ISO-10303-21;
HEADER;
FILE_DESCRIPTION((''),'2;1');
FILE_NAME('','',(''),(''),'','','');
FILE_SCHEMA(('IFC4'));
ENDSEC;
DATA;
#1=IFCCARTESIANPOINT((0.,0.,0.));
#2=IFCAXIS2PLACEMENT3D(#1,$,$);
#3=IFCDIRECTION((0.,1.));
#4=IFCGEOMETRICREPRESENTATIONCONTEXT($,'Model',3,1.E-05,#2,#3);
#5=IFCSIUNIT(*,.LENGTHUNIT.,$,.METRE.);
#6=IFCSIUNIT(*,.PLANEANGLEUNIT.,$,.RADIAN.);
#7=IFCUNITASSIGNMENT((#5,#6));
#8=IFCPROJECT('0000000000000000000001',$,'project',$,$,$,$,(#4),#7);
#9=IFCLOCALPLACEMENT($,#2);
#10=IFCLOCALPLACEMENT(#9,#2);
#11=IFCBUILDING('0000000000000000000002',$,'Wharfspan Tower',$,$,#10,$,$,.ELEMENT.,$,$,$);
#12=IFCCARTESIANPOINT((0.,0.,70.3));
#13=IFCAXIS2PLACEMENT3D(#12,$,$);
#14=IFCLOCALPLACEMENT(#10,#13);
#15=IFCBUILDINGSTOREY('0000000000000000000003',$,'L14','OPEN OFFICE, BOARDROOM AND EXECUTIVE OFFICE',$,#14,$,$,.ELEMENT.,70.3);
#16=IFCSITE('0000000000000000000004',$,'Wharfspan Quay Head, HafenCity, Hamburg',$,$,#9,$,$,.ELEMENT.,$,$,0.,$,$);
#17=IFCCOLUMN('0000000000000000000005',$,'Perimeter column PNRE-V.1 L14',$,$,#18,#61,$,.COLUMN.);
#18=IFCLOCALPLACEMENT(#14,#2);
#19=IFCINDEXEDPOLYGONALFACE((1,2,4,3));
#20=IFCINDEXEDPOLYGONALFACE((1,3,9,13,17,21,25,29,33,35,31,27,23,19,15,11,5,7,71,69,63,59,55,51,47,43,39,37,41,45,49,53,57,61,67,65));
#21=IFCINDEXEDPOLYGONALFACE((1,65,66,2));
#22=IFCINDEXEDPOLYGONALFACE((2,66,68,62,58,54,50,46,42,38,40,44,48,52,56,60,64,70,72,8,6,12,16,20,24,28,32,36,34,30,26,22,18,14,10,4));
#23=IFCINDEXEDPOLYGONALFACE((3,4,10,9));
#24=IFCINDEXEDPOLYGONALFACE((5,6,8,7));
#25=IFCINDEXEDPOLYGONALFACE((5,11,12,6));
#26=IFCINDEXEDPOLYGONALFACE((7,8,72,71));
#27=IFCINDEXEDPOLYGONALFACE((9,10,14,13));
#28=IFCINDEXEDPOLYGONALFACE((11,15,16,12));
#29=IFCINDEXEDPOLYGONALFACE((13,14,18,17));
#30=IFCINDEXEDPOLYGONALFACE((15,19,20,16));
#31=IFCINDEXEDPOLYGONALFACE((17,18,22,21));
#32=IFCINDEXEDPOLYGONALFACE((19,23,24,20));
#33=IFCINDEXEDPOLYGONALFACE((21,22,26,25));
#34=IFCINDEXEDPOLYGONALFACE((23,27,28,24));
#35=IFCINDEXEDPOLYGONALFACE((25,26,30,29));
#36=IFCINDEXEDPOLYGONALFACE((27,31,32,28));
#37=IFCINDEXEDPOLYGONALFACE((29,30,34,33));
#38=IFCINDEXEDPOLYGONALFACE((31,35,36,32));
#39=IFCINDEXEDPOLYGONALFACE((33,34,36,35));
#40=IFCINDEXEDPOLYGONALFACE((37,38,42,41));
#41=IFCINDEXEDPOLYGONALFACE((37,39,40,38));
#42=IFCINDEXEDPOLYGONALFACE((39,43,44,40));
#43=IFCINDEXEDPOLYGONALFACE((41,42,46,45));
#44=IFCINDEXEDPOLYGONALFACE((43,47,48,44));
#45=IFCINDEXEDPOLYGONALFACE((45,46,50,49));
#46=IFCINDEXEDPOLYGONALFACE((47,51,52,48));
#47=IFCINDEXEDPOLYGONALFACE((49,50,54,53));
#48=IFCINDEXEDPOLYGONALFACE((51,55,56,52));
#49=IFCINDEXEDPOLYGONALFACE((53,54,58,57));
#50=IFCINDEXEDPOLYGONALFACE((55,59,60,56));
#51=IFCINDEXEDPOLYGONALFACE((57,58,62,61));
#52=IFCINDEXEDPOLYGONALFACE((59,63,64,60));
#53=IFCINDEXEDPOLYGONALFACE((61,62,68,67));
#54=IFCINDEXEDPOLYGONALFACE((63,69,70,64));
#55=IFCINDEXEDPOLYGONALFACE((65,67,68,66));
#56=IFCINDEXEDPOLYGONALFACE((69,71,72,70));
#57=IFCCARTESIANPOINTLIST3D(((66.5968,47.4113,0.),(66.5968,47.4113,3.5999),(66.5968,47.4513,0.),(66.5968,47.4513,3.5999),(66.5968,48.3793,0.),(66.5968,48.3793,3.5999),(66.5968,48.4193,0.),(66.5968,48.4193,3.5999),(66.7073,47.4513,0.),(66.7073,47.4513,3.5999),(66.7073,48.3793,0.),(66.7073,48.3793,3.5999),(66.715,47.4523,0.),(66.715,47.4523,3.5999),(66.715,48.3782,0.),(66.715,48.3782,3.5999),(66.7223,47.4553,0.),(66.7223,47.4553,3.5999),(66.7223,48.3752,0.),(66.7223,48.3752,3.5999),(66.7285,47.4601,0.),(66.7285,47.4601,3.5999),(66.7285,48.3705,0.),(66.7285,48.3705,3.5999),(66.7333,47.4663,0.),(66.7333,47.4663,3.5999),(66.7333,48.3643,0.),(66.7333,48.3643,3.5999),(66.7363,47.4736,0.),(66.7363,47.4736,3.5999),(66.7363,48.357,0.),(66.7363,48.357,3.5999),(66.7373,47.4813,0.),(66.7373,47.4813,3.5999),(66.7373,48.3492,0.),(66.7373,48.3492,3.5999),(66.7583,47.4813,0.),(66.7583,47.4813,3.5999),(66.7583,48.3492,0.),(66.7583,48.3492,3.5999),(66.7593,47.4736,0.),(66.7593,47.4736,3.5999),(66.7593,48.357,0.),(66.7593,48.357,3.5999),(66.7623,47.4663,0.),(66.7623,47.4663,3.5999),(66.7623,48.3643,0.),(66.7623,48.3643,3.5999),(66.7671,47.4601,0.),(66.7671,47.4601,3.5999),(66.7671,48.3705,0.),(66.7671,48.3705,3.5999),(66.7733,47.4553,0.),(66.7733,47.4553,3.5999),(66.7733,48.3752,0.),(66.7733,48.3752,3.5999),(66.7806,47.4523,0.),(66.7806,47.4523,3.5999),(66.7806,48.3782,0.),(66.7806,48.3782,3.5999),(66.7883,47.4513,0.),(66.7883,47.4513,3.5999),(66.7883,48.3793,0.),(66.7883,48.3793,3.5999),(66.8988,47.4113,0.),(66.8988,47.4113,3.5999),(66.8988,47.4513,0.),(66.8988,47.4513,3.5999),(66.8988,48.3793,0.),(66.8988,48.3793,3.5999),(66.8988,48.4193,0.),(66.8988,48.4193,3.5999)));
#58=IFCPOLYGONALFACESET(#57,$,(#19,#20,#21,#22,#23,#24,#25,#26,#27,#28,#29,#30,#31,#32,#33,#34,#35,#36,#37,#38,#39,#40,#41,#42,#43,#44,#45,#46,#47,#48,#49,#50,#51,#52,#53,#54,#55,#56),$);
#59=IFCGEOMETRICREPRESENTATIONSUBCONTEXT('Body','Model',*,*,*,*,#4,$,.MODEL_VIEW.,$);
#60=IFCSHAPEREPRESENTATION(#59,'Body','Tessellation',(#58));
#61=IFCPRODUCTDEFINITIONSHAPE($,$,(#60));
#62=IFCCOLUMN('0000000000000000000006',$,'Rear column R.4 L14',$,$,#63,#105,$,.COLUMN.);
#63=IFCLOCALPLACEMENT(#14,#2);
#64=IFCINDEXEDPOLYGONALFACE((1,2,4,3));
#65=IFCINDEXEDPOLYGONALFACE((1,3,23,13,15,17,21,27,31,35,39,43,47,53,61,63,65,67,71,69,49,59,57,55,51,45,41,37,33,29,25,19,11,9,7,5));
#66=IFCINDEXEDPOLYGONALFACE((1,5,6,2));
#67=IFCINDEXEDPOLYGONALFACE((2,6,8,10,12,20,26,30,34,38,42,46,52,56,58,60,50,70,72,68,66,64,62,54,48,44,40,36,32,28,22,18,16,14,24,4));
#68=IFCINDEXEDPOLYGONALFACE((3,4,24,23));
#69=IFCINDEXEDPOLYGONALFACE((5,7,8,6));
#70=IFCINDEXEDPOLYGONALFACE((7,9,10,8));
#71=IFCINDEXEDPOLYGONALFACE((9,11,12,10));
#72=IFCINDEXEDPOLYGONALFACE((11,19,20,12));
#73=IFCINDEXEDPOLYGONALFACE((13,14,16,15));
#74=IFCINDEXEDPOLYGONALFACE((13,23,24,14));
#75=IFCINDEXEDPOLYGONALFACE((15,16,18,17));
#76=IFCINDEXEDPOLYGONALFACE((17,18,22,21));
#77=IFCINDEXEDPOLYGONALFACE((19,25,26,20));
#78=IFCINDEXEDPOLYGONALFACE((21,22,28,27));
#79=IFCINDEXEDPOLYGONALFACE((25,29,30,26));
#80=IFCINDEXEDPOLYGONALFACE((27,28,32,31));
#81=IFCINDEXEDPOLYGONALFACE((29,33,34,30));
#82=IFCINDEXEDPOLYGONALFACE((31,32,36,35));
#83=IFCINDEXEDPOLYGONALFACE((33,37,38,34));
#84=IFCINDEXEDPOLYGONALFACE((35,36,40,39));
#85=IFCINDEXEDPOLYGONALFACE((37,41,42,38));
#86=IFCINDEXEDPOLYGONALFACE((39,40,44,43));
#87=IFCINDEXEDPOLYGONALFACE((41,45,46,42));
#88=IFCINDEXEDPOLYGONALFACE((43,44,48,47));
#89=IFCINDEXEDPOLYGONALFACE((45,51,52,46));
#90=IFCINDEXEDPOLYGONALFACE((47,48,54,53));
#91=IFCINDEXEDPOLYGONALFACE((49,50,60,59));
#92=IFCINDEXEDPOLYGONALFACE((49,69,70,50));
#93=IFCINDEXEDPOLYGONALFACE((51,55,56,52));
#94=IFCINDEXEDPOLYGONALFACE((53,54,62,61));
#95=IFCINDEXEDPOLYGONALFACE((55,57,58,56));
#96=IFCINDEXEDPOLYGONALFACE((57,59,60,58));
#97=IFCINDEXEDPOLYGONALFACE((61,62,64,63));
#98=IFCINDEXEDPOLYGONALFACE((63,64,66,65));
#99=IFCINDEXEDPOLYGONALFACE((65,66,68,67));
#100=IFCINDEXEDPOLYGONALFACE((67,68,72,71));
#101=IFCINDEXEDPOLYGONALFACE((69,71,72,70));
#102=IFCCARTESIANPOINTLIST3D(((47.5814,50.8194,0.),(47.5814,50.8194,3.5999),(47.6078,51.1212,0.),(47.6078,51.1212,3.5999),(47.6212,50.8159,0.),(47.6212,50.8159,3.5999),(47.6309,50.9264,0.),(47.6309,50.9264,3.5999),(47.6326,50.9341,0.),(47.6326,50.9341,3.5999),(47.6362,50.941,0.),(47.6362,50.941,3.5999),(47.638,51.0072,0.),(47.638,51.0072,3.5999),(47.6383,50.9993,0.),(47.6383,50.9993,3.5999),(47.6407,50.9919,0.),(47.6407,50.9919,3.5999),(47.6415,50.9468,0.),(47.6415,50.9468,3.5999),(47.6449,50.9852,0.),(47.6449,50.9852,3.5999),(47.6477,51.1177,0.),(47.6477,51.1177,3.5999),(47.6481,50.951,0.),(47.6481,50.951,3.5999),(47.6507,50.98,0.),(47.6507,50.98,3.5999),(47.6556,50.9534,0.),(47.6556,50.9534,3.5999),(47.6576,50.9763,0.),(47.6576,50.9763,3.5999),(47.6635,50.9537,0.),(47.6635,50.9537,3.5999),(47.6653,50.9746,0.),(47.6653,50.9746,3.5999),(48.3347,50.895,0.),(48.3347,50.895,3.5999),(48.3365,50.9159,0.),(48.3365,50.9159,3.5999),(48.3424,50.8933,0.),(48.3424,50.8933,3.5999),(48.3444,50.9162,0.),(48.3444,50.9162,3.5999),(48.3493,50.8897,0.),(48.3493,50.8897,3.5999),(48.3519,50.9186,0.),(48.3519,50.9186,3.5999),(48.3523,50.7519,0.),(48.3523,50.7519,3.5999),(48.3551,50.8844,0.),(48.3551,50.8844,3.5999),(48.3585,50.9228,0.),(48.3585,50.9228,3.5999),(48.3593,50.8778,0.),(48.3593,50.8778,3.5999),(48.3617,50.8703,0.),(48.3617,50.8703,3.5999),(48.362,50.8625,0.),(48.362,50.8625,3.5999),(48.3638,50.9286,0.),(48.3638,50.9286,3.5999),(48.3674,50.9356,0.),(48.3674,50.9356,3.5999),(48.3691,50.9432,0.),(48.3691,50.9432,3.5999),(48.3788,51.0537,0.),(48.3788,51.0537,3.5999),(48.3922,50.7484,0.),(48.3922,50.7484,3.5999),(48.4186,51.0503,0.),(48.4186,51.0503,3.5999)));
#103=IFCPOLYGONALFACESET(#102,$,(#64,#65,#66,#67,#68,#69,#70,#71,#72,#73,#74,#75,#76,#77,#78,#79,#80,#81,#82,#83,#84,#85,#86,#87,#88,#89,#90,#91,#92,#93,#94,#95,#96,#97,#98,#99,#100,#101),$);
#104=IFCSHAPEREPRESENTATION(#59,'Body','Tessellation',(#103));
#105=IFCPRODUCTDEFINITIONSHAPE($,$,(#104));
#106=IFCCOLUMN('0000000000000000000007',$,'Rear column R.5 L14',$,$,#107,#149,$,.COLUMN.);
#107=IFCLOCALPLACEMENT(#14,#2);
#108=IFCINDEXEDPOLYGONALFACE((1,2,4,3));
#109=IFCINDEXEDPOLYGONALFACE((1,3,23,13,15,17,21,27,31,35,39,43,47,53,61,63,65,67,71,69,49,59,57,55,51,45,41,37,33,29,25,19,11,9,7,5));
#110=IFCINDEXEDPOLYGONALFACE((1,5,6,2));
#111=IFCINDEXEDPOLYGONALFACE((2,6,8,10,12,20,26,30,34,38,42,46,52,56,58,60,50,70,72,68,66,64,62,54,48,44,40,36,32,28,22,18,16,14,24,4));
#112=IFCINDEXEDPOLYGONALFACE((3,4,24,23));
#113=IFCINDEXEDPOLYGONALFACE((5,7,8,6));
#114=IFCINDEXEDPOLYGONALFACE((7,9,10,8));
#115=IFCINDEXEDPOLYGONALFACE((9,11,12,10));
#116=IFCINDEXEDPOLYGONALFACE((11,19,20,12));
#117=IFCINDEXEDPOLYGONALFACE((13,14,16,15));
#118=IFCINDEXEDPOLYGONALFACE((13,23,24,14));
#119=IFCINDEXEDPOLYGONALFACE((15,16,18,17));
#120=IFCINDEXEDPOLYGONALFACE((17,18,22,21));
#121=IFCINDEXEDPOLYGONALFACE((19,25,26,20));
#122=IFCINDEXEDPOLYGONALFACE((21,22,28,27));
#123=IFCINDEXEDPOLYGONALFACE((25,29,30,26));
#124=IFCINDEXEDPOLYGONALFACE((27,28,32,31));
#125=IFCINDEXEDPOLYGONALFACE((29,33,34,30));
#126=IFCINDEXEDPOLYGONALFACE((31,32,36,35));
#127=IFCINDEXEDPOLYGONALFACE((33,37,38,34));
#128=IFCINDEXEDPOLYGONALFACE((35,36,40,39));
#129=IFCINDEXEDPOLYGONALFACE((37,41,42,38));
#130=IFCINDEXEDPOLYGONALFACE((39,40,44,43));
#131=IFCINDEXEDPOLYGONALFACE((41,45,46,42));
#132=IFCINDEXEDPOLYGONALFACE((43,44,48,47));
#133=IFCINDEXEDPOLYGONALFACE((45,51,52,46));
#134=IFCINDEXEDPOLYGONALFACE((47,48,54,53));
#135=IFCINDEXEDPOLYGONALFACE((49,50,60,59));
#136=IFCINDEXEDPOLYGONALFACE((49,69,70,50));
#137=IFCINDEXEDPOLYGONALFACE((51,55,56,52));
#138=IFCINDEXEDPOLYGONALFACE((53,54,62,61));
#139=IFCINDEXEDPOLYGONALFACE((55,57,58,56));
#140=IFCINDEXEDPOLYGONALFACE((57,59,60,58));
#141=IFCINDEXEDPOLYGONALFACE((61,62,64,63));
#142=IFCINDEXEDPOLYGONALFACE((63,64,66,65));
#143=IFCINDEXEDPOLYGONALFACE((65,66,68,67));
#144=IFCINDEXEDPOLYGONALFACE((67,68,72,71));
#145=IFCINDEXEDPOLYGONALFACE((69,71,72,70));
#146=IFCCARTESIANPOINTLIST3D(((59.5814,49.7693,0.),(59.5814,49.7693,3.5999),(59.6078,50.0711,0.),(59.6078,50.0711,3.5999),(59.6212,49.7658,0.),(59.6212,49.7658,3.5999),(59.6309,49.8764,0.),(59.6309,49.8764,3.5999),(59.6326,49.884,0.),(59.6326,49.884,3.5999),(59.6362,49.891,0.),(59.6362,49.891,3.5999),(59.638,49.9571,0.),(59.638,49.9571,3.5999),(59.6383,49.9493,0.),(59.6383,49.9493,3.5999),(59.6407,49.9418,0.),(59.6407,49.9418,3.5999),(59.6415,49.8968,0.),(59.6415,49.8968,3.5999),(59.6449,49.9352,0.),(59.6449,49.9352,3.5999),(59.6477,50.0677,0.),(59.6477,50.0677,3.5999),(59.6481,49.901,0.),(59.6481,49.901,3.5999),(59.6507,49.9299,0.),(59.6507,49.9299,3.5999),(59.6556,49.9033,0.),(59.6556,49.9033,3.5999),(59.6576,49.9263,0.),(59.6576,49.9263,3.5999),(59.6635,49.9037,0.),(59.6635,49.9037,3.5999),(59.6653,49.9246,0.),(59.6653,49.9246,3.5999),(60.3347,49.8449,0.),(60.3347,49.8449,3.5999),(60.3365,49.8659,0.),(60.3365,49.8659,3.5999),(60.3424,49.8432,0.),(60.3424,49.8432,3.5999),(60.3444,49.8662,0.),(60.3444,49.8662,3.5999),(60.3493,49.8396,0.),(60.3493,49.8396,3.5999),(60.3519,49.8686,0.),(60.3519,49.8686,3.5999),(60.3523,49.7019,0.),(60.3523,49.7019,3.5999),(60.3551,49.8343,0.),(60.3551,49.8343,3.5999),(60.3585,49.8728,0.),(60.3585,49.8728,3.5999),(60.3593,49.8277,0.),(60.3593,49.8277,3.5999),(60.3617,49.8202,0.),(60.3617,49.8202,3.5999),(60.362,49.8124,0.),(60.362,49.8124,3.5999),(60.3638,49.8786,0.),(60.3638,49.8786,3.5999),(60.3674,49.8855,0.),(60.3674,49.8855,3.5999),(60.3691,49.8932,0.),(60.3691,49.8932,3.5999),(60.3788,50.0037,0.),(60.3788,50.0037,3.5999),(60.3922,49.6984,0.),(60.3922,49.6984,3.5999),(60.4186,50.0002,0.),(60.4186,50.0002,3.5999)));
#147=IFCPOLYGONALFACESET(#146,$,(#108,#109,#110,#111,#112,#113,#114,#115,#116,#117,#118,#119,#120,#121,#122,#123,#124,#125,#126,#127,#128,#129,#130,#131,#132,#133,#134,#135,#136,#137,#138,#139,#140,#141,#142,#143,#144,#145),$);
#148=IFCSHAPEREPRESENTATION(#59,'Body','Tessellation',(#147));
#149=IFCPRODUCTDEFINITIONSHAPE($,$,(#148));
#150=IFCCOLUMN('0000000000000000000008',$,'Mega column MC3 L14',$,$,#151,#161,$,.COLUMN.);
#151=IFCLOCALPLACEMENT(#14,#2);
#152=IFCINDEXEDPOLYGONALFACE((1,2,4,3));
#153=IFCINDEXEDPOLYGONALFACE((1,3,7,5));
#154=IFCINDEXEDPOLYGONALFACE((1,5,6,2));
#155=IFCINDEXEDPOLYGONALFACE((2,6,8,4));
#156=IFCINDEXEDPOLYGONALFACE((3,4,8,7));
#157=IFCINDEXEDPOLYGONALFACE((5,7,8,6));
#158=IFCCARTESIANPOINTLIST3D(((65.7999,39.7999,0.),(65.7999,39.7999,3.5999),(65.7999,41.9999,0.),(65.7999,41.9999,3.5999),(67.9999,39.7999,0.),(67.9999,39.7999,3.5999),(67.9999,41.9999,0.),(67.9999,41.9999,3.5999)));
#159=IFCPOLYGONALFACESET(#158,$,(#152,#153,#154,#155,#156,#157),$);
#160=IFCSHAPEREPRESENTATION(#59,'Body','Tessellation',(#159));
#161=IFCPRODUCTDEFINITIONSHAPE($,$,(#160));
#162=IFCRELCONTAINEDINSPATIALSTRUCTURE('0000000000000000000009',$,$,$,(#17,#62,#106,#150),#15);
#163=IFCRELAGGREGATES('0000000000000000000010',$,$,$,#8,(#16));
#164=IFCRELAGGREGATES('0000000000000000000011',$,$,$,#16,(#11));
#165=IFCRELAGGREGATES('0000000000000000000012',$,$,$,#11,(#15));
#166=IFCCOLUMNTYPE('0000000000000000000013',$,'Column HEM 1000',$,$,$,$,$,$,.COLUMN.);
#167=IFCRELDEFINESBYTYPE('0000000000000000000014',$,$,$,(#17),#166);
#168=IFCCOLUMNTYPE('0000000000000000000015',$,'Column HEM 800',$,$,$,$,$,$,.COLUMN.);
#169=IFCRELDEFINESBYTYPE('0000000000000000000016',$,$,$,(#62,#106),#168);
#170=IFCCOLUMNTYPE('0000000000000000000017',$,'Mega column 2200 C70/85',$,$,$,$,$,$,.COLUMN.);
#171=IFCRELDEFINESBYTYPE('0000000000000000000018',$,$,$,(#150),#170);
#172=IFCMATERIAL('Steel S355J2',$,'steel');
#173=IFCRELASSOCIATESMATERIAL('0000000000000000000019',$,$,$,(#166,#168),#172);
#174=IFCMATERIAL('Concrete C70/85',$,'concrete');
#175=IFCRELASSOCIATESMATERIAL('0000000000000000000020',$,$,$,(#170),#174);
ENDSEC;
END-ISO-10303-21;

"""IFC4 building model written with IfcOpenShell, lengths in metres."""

from ifc_helpers import new_model, si_unit, direction, frame, origin, origin_2d, place, context, subcontext, project, spatial, rectangle, i_section, extrude, material, material_profile, profile_set, type_object, element, save


model = new_model("IFC4")

# Units and contexts
model_context = context("Model", 3, precision=1e-05, world=origin(), true_north=direction((0.0, 1.0)))
body_context = subcontext(model_context, "Body", "Model", "MODEL_VIEW")
ifc_project = project(units=[si_unit("LENGTHUNIT", "METRE"), si_unit("PLANEANGLEUNIT", "RADIAN")], contexts=[model_context])

# Site, building, storey
site_placement = place(None, origin())
site = spatial("IfcSite", under=ifc_project, at=site_placement, Name="Wharfspan Quay Head, HafenCity, Hamburg", CompositionType="ELEMENT", RefElevation=0.0)
building_placement = place(site_placement, origin())
building = spatial("IfcBuilding", under=site, at=building_placement, Name="Wharfspan Tower", CompositionType="ELEMENT")
storey_placement = place(building_placement, frame((0.0, 0.0, 70.3)))
storey = spatial("IfcBuildingStorey", under=building, at=storey_placement, Name="L14", Description="OPEN OFFICE, BOARDROOM AND EXECUTIVE OFFICE", CompositionType="ELEMENT", Elevation=70.3)

# Columns
ifc_material_1 = material(Name="Steel S355J2", Category="steel")
ifc_material_profile_1 = material_profile(ifc_material_1, i_section(OverallWidth=0.302, OverallDepth=1.0081, WebThickness=0.021, FlangeThickness=0.04, FilletRadius=0.03, at=origin_2d()))
ifc_profile_set_1 = profile_set([ifc_material_profile_1], Name="Steel S355J2")
column_type_1 = type_object("IfcColumnType", Name="Column HEM 1000", PredefinedType="COLUMN", material=ifc_profile_set_1)
column_1_placement = place(storey_placement, frame((66.7478, 47.9153, 0.0), z_axis=(0.0, 0.0, 1.0), x_axis=(1.0, 0.0, 0.0)))
element("IfcColumn", 1, at=column_1_placement, inside=storey, type_object=column_type_1, Name="Perimeter column PNRE-V.1 L14", PredefinedType="COLUMN", context=body_context, shape_type="SweptSolid", body=[
    extrude(i_section(OverallWidth=0.302, OverallDepth=1.0081, WebThickness=0.021, FlangeThickness=0.04, FilletRadius=0.03, at=origin_2d()), origin(), (0.0, 0.0, 1.0), 3.5999),
])
ifc_material_profile_2 = material_profile(ifc_material_1, i_section(OverallWidth=0.303, OverallDepth=0.814, WebThickness=0.021, FlangeThickness=0.04, FilletRadius=0.03, at=origin_2d()))
ifc_profile_set_2 = profile_set([ifc_material_profile_2], Name="Steel S355J2")
column_type_2 = type_object("IfcColumnType", Name="Column HEM 800", PredefinedType="COLUMN", material=ifc_profile_set_2)
for number, where, z_axis, x_axis, name in (
    (2, (48.0, 50.9348, 0.0), (0.0, 0.0, 1.0), (0.087156, 0.996197, 0.0), "Rear column R.4 L14"),
    (3, (60.0, 49.8848, 0.0), (0.0, 0.0, 1.0), (0.087156, 0.996197, 0.0), "Rear column R.5 L14"),
):
    element("IfcColumn", number, at=place(storey_placement, frame(where, z_axis=z_axis, x_axis=x_axis)), inside=storey, type_object=column_type_2, Name=name, PredefinedType="COLUMN", context=body_context, shape_type="SweptSolid", body=[
        extrude(i_section(OverallWidth=0.303, OverallDepth=0.814, WebThickness=0.021, FlangeThickness=0.04, FilletRadius=0.03, at=origin_2d()), origin(), (0.0, 0.0, 1.0), 3.5999),
    ])
ifc_material_2 = material(Name="Concrete C70/85", Category="concrete")
ifc_material_profile_3 = material_profile(ifc_material_2, rectangle(XDim=2.2, YDim=2.2, at=origin_2d()))
ifc_profile_set_3 = profile_set([ifc_material_profile_3], Name="Concrete C70/85")
column_type_3 = type_object("IfcColumnType", Name="Mega column 2200 C70/85", PredefinedType="COLUMN", material=ifc_profile_set_3)
column_2_placement = place(storey_placement, frame((66.8999, 40.8999, 0.0), z_axis=(0.0, 0.0, 1.0), x_axis=(1.0, 0.0, 0.0)))
element("IfcColumn", 4, at=column_2_placement, inside=storey, type_object=column_type_3, Name="Mega column MC3 L14", PredefinedType="COLUMN", context=body_context, shape_type="SweptSolid", body=[
    extrude(rectangle(XDim=2.2, YDim=2.2, at=origin_2d()), origin(), (0.0, 0.0, 1.0), 3.5999),
])

save(model, "model.ifc")
